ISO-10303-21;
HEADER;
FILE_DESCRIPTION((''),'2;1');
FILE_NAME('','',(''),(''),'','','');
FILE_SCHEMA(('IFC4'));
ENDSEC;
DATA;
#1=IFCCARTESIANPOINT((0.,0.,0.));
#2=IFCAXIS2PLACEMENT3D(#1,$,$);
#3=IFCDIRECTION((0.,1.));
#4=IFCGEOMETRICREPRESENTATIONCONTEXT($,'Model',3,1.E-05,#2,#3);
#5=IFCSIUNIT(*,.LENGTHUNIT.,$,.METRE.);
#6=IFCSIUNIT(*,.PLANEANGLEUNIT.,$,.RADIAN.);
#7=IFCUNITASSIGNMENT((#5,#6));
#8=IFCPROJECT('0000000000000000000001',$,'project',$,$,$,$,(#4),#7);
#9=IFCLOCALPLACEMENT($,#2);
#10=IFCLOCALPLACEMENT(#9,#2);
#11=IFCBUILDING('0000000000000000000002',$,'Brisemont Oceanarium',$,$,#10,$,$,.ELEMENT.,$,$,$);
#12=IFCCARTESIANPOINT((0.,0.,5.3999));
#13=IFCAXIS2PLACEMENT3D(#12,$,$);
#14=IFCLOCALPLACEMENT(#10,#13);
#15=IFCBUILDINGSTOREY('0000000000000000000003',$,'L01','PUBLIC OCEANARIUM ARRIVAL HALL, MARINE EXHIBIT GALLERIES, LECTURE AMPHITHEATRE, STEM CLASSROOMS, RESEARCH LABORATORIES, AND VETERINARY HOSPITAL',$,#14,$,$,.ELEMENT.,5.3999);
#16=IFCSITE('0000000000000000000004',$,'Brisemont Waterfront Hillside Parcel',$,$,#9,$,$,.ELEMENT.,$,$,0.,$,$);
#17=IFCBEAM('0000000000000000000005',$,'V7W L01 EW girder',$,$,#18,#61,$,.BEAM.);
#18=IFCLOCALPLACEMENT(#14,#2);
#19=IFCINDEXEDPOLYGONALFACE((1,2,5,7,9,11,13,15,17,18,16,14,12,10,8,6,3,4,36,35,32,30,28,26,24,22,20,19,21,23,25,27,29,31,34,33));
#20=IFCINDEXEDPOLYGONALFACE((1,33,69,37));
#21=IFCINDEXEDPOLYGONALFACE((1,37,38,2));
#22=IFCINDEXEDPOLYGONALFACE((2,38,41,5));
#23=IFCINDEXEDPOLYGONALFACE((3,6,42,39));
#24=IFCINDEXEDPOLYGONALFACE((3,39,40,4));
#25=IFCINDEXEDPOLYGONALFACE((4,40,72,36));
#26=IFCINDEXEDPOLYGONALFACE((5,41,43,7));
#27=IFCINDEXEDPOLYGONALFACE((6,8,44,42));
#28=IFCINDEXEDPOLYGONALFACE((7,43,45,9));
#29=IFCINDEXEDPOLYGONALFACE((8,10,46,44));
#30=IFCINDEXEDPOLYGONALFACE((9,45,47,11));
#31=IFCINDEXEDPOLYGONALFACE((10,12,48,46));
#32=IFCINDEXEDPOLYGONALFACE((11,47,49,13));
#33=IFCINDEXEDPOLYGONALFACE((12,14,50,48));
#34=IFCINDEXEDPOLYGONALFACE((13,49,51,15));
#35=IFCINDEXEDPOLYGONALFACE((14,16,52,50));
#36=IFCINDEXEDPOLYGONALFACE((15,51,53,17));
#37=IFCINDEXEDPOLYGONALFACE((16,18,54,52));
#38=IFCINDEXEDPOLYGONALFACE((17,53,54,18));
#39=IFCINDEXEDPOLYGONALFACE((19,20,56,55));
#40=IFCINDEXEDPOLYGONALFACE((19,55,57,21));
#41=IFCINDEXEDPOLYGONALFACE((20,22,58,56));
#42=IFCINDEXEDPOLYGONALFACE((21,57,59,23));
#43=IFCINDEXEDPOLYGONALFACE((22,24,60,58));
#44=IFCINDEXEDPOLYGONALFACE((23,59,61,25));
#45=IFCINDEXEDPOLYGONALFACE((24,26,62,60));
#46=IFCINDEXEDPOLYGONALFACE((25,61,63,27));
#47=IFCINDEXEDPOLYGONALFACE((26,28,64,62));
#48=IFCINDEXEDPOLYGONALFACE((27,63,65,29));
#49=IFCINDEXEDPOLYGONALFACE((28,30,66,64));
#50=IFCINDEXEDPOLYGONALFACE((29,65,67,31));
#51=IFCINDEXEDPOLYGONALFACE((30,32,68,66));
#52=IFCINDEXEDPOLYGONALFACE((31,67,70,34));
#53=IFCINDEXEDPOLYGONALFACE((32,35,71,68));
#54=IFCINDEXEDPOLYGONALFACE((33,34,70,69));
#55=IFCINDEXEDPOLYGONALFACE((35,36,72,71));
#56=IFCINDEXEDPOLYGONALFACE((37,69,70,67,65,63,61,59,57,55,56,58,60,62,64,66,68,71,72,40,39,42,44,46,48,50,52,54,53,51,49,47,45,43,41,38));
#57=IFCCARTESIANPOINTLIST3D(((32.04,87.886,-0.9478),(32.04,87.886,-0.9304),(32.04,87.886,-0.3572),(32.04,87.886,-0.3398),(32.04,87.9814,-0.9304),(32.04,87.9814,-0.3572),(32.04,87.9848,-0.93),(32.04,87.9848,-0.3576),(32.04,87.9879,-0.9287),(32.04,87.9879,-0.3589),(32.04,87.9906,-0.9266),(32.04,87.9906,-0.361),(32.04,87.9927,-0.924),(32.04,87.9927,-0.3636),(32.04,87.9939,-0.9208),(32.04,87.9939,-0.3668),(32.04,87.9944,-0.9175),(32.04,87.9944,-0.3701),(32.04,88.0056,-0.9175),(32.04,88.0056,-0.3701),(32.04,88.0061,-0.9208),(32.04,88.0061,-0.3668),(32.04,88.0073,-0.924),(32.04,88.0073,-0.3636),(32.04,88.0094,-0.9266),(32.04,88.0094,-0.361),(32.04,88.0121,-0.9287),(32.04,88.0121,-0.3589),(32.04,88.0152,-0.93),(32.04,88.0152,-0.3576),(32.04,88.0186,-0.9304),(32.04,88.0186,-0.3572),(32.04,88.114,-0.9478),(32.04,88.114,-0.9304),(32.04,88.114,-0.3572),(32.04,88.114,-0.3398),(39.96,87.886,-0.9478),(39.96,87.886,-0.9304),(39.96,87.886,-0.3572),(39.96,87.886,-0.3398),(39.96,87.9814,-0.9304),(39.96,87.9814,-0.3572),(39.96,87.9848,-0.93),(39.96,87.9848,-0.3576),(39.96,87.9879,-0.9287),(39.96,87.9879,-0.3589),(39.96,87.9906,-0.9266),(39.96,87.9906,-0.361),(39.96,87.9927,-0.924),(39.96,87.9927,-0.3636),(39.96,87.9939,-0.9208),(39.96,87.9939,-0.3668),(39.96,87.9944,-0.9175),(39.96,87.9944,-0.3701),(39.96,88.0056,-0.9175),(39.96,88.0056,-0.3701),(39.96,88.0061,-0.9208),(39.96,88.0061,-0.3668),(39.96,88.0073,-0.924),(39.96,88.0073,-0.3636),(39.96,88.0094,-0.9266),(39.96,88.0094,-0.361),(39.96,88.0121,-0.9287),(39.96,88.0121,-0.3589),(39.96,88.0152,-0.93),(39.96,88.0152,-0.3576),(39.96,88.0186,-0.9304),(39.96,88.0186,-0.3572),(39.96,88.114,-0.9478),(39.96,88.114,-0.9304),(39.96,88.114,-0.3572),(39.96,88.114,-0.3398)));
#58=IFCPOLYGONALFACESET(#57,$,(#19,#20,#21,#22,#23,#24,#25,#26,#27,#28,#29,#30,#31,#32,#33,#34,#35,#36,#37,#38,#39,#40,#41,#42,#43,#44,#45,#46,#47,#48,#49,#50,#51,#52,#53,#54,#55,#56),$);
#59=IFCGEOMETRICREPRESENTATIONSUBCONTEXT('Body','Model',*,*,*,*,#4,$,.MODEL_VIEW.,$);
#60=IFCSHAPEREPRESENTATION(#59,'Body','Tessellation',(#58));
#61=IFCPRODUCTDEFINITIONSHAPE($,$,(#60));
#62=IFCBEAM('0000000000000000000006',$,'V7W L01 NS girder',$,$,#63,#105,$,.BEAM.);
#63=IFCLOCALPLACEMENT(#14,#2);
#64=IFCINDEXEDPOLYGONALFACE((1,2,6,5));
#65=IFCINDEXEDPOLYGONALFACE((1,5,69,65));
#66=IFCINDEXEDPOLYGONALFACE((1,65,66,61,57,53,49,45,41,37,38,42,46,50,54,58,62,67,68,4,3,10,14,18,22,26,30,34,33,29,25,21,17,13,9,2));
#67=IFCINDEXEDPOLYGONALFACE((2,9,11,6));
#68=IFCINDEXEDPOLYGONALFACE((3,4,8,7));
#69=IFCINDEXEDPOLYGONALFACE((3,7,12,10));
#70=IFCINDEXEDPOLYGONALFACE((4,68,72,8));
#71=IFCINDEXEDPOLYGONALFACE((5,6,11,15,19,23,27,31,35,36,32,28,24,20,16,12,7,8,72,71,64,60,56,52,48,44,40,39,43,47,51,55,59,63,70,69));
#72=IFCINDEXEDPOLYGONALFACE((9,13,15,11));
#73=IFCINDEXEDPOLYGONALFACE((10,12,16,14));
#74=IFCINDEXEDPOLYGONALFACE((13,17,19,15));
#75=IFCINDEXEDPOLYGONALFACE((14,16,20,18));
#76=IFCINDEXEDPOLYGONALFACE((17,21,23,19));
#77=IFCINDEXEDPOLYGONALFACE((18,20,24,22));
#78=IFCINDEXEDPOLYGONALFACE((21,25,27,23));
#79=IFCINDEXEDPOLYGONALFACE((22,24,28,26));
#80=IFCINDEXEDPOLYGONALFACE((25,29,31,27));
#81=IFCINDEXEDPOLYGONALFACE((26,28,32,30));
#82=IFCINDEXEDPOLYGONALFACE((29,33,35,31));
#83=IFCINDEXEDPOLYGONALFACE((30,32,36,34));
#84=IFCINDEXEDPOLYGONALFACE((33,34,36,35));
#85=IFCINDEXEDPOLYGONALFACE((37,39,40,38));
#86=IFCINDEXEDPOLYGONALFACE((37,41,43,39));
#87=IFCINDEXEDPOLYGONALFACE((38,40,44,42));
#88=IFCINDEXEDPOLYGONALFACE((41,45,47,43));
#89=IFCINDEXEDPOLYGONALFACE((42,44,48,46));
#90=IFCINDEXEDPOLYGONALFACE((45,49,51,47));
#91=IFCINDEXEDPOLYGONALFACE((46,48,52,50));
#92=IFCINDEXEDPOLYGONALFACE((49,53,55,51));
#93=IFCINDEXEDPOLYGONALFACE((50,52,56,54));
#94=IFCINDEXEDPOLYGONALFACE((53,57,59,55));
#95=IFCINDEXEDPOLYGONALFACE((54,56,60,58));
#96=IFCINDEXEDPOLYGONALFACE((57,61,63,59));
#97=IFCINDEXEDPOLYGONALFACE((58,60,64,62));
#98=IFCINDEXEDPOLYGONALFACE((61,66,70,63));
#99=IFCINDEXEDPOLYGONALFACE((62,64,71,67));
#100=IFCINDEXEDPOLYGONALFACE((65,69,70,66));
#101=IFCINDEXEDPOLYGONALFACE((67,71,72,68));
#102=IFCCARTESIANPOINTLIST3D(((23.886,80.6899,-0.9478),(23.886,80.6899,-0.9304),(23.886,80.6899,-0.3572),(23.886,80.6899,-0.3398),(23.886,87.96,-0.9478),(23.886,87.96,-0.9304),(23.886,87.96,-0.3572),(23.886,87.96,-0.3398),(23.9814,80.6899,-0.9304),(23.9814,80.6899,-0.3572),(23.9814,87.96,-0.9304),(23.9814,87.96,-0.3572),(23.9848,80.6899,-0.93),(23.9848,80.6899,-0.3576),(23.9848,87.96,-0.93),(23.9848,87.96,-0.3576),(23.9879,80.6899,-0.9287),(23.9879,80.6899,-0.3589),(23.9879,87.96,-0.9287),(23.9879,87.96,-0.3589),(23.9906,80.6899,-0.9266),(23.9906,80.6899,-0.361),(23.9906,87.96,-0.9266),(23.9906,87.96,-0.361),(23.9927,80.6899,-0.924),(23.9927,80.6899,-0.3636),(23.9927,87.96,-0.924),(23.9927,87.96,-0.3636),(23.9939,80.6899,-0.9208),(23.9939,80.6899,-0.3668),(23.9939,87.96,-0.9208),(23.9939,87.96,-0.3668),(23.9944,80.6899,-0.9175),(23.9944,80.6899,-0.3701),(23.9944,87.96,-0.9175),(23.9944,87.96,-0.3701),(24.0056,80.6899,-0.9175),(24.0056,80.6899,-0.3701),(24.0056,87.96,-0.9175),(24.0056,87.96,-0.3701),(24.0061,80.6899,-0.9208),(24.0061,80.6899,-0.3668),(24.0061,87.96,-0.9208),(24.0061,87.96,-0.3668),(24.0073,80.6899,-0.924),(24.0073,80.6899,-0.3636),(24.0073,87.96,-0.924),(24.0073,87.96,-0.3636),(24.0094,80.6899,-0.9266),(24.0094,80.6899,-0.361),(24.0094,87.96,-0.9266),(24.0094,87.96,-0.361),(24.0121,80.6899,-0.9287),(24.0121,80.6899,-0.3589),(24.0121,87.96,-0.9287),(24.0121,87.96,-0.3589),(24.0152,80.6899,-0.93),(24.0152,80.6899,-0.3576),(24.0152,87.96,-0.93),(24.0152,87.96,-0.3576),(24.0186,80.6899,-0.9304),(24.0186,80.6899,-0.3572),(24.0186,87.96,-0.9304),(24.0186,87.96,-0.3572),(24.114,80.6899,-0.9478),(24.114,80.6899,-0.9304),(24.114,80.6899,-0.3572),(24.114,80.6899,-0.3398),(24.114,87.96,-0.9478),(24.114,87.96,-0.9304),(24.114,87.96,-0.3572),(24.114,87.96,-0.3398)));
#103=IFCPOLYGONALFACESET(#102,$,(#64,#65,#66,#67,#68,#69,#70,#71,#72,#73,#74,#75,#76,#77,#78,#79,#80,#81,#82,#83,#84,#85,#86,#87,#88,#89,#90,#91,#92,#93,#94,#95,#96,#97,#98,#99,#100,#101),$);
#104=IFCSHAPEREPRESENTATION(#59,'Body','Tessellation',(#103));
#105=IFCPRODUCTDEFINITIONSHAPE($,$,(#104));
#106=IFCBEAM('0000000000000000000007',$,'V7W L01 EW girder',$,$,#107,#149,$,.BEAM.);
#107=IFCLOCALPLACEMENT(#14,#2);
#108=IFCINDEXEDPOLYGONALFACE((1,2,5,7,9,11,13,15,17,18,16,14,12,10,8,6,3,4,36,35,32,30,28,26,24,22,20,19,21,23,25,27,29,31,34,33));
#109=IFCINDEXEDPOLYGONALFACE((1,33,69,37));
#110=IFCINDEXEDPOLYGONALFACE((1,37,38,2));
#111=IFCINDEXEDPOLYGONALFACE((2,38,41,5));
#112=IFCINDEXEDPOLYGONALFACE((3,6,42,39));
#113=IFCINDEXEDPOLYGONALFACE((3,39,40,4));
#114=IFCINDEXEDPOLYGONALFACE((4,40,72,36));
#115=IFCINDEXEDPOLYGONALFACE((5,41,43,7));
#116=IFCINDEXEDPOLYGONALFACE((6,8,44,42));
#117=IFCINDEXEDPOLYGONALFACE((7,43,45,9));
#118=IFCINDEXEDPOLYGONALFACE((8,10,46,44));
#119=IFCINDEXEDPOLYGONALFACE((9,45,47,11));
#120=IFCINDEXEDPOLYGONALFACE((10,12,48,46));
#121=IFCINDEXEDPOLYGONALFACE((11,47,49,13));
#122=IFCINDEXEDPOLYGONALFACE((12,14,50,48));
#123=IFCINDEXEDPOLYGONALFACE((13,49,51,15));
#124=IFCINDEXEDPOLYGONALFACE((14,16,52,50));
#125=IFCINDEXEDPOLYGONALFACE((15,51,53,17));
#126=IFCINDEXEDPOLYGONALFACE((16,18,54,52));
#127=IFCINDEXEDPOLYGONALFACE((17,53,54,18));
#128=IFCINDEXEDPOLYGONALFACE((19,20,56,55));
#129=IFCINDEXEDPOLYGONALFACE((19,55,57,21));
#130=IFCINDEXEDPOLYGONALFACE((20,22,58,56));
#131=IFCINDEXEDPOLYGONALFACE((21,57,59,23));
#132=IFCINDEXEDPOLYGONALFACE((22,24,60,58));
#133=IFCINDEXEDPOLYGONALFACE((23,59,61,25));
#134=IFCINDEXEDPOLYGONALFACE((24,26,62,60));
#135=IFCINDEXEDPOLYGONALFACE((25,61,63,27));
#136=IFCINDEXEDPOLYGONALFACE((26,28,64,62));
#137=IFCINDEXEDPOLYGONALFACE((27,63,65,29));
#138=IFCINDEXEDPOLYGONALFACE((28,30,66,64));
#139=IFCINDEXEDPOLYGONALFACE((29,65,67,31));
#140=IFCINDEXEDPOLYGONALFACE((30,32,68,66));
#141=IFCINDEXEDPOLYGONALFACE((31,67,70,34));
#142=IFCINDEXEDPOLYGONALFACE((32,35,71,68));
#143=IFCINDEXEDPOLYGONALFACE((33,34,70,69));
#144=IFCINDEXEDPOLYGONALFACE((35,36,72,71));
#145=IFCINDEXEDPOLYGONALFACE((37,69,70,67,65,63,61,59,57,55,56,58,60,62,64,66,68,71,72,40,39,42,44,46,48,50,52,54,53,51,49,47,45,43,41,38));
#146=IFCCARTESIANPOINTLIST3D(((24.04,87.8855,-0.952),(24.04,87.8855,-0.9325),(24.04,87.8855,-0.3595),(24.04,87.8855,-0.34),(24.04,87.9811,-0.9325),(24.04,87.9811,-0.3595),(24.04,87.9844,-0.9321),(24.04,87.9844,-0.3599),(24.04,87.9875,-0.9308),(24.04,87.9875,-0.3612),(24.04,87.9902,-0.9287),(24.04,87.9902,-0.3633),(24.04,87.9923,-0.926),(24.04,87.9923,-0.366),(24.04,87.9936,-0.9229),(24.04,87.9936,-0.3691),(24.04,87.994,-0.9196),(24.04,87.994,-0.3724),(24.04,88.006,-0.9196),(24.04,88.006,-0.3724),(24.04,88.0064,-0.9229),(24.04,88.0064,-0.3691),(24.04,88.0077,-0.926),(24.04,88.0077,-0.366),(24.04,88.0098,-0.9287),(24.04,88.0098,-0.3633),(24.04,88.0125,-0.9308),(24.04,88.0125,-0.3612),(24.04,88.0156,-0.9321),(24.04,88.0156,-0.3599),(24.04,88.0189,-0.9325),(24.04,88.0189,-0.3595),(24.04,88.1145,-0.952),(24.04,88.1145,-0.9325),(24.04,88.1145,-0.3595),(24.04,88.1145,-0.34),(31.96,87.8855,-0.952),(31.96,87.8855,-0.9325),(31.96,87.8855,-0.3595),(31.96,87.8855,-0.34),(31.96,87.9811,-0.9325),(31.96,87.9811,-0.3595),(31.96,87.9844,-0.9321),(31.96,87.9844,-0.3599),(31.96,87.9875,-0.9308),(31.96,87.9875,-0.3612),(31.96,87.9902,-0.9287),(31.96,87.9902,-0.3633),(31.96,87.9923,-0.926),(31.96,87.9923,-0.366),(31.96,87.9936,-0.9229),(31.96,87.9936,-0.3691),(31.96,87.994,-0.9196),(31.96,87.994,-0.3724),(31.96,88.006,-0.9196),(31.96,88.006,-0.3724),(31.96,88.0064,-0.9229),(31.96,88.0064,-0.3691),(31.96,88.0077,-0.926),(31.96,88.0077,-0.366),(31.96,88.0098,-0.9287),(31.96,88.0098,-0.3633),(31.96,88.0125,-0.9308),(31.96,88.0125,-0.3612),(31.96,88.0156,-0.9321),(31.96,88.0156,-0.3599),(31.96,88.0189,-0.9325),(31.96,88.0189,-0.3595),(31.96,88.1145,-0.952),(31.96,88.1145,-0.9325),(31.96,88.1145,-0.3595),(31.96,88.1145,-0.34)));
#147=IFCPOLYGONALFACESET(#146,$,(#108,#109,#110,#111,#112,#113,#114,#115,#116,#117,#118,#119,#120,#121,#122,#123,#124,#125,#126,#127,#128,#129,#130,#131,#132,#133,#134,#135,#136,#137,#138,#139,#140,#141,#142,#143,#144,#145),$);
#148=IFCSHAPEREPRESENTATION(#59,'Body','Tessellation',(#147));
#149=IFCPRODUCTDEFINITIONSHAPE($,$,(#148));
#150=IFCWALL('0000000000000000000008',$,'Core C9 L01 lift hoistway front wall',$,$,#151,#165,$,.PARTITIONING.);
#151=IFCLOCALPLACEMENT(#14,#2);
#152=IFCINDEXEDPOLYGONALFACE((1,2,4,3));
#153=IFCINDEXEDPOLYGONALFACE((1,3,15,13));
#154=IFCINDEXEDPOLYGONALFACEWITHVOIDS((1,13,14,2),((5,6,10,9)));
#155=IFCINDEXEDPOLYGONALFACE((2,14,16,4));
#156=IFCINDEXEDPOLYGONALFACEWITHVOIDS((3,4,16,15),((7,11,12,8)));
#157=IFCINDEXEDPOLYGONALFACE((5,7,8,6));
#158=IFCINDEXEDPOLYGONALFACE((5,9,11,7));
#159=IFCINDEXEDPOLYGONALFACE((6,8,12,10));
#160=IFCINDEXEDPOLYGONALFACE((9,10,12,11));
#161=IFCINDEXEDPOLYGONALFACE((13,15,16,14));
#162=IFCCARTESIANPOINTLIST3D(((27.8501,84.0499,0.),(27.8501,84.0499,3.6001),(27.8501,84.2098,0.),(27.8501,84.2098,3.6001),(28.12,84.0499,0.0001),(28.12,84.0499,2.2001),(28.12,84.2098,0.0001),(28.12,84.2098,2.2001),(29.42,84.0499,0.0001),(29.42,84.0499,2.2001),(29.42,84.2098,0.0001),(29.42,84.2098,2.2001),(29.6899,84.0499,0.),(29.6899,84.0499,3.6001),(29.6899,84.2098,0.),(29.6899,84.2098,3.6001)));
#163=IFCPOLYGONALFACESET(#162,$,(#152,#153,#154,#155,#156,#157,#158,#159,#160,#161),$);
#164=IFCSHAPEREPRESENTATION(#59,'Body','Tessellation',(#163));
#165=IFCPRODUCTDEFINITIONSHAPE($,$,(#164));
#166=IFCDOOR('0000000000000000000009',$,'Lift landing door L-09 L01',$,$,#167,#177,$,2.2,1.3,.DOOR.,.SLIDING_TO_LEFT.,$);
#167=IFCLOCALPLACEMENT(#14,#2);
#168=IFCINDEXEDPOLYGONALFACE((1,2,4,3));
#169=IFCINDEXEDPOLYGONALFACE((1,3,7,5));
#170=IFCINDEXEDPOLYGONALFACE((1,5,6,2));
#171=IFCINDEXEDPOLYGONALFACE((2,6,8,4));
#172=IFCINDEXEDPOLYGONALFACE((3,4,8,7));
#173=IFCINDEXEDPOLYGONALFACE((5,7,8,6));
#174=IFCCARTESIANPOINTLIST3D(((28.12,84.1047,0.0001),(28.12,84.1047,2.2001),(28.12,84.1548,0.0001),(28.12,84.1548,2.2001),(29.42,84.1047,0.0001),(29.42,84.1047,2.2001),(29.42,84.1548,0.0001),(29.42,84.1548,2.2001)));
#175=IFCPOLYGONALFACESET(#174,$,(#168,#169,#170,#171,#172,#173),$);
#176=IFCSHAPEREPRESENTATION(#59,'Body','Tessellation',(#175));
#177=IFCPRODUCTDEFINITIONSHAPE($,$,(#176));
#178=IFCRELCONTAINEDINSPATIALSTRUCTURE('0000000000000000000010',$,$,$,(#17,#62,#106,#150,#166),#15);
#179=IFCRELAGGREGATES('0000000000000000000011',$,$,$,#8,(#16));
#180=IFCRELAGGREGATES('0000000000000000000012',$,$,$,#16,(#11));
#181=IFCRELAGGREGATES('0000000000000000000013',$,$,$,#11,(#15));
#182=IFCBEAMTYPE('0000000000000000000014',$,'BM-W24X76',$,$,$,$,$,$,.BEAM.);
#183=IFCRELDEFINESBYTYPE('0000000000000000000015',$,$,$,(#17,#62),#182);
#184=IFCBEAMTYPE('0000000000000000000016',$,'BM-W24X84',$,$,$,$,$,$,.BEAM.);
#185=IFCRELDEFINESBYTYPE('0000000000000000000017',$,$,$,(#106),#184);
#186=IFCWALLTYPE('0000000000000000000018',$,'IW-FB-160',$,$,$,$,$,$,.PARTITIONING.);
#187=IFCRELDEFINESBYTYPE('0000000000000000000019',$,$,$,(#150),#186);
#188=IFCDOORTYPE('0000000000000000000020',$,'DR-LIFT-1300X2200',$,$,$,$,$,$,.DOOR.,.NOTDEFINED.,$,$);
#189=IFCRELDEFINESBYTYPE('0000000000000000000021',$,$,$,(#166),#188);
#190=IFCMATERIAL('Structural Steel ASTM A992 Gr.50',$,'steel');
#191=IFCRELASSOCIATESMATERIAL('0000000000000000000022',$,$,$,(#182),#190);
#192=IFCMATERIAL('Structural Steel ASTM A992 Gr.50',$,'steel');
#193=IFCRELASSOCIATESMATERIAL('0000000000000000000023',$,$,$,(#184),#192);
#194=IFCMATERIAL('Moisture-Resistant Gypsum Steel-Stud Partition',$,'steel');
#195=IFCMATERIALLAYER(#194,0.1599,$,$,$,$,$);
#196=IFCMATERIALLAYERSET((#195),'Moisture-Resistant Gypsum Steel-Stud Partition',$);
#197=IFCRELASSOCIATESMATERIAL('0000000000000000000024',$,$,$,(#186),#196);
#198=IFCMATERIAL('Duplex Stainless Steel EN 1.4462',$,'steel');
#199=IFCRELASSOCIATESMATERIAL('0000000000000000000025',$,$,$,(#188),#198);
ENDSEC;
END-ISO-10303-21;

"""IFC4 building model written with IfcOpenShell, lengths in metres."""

from ifc_helpers import new_model, si_unit, direction, frame, frame_2d, origin, origin_2d, place, context, subcontext, project, spatial, rectangle, i_section, extrude, material, layer, layer_set, material_profile, profile_set, type_object, element, fill, save


model = new_model("IFC4")

# Units and contexts
model_context = context("Model", 3, precision=1e-05, world=origin(), true_north=direction((0.0, 1.0)))
body_context = subcontext(model_context, "Body", "Model", "MODEL_VIEW")
ifc_project = project(units=[si_unit("LENGTHUNIT", "METRE"), si_unit("PLANEANGLEUNIT", "RADIAN")], contexts=[model_context])

# Site, building, storey
site_placement = place(None, origin())
site = spatial("IfcSite", under=ifc_project, at=site_placement, Name="Brisemont Waterfront Hillside Parcel", CompositionType="ELEMENT", RefElevation=0.0)
building_placement = place(site_placement, origin())
building = spatial("IfcBuilding", under=site, at=building_placement, Name="Brisemont Oceanarium", CompositionType="ELEMENT")
storey_placement = place(building_placement, frame((0.0, 0.0, 5.3999)))
storey = spatial("IfcBuildingStorey", under=building, at=storey_placement, Name="L01", Description="PUBLIC OCEANARIUM ARRIVAL HALL, MARINE EXHIBIT GALLERIES, LECTURE AMPHITHEATRE, STEM CLASSROOMS, RESEARCH LABORATORIES, AND VETERINARY HOSPITAL", CompositionType="ELEMENT", Elevation=5.3999)

# Beams
ifc_material_1 = material(Name="Structural Steel ASTM A992 Gr.50", Category="steel")
ifc_material_profile_1 = material_profile(ifc_material_1, i_section(OverallWidth=0.228, OverallDepth=0.6079, WebThickness=0.0112, FlangeThickness=0.0173, FilletRadius=0.0129, at=origin_2d()), Name="W24X76")
ifc_profile_set_1 = profile_set([ifc_material_profile_1], Name="Structural Steel ASTM A992 Gr.50")
beam_type_1 = type_object("IfcBeamType", Name="BM-W24X76", PredefinedType="BEAM", material=ifc_profile_set_1)
beam_1_placement = place(storey_placement, frame((32.04, 88.0, -0.6438), z_axis=(1.0, 0.0, 0.0), x_axis=(0.0, 1.0, 0.0)))
element("IfcBeam", 1, at=beam_1_placement, inside=storey, type_object=beam_type_1, Name="V7W L01 EW girder", PredefinedType="BEAM", context=body_context, shape_type="SweptSolid", body=[
    extrude(i_section(OverallWidth=0.228, OverallDepth=0.6079, WebThickness=0.0112, FlangeThickness=0.0173, FilletRadius=0.0129, at=origin_2d()), origin(), (0.0, 0.0, 1.0), 7.9199),
])
beam_2_placement = place(storey_placement, frame((24.0, 80.6899, -0.6438), z_axis=(0.0, 1.0, 0.0), x_axis=(-1.0, 0.0, 0.0)))
element("IfcBeam", 2, at=beam_2_placement, inside=storey, type_object=beam_type_1, Name="V7W L01 NS girder", PredefinedType="BEAM", context=body_context, shape_type="SweptSolid", body=[
    extrude(i_section(OverallWidth=0.228, OverallDepth=0.6079, WebThickness=0.0112, FlangeThickness=0.0173, FilletRadius=0.0129, at=origin_2d()), origin(), (0.0, 0.0, 1.0), 7.27),
])
ifc_material_2 = material(Name="Structural Steel ASTM A992 Gr.50", Category="steel")
ifc_material_profile_2 = material_profile(ifc_material_2, i_section(OverallWidth=0.229, OverallDepth=0.6121, WebThickness=0.012, FlangeThickness=0.0195, FilletRadius=0.0129, at=origin_2d()), Name="W24X84")
ifc_profile_set_2 = profile_set([ifc_material_profile_2], Name="Structural Steel ASTM A992 Gr.50")
beam_type_2 = type_object("IfcBeamType", Name="BM-W24X84", PredefinedType="BEAM", material=ifc_profile_set_2)
beam_3_placement = place(storey_placement, frame((24.04, 88.0, -0.646), z_axis=(1.0, 0.0, 0.0), x_axis=(0.0, 1.0, 0.0)))
element("IfcBeam", 3, at=beam_3_placement, inside=storey, type_object=beam_type_2, Name="V7W L01 EW girder", PredefinedType="BEAM", context=body_context, shape_type="SweptSolid", body=[
    extrude(i_section(OverallWidth=0.229, OverallDepth=0.6121, WebThickness=0.012, FlangeThickness=0.0195, FilletRadius=0.0129, at=origin_2d()), origin(), (0.0, 0.0, 1.0), 7.9199),
])

# Wall, opening, door
ifc_material_3 = material(Name="Moisture-Resistant Gypsum Steel-Stud Partition", Category="steel")
ifc_layer_1 = layer(ifc_material_3, 0.1599)
ifc_layer_set_1 = layer_set([ifc_layer_1], Name="Moisture-Resistant Gypsum Steel-Stud Partition")
wall_type_1 = type_object("IfcWallType", Name="IW-FB-160", PredefinedType="PARTITIONING", material=ifc_layer_set_1)
wall_1_placement = place(storey_placement, frame((27.8501, 84.1299, 0.0), z_axis=(0.0, 0.0, 1.0), x_axis=(1.0, 0.0, 0.0)))
wall_1 = element("IfcWall", 4, at=wall_1_placement, inside=storey, type_object=wall_type_1, Name="Core C9 L01 lift hoistway front wall", PredefinedType="PARTITIONING", context=body_context, shape_type="SweptSolid", body=[
    extrude(rectangle(XDim=1.8398, YDim=0.1599, at=frame_2d((0.9199, 0.0))), origin(), (0.0, 0.0, 1.0), 3.6001),
])
opening_1_placement = place(wall_1_placement, frame((0.27, 0.0, 0.0)))
opening_1 = element("IfcOpeningElement", 5, at=opening_1_placement, cuts=wall_1, PredefinedType="OPENING", context=body_context, shape_type="SweptSolid", body=[
    extrude(rectangle(XDim=1.3, YDim=2.2, at=frame_2d((0.6499, 1.1001))), frame((0.0, 0.0898, 0.0), z_axis=(0.0, -1.0, 0.0), x_axis=(1.0, 0.0, 0.0)), (0.0, 0.0, 1.0), 0.1799),
])
ifc_material_4 = material(Name="Duplex Stainless Steel EN 1.4462", Category="steel")
door_type_1 = type_object("IfcDoorType", Name="DR-LIFT-1300X2200", OperationType="NOTDEFINED", PredefinedType="DOOR", material=ifc_material_4)
door_1_placement = place(opening_1_placement, origin())
door_1 = element("IfcDoor", 6, at=door_1_placement, inside=storey, type_object=door_type_1, Name="Lift landing door L-09 L01", OperationType="SLIDING_TO_LEFT", OverallHeight=2.2, OverallWidth=1.3, PredefinedType="DOOR", context=body_context, shape_type="SweptSolid", body=[
    extrude(rectangle(XDim=1.3, YDim=2.2, at=frame_2d((0.6499, 1.1001))), frame((0.0, 0.0249, 0.0), z_axis=(0.0, -1.0, 0.0), x_axis=(1.0, 0.0, 0.0)), (0.0, 0.0, 1.0), 0.05),
])
fill(opening_1, door_1)

save(model, "model.ifc")
